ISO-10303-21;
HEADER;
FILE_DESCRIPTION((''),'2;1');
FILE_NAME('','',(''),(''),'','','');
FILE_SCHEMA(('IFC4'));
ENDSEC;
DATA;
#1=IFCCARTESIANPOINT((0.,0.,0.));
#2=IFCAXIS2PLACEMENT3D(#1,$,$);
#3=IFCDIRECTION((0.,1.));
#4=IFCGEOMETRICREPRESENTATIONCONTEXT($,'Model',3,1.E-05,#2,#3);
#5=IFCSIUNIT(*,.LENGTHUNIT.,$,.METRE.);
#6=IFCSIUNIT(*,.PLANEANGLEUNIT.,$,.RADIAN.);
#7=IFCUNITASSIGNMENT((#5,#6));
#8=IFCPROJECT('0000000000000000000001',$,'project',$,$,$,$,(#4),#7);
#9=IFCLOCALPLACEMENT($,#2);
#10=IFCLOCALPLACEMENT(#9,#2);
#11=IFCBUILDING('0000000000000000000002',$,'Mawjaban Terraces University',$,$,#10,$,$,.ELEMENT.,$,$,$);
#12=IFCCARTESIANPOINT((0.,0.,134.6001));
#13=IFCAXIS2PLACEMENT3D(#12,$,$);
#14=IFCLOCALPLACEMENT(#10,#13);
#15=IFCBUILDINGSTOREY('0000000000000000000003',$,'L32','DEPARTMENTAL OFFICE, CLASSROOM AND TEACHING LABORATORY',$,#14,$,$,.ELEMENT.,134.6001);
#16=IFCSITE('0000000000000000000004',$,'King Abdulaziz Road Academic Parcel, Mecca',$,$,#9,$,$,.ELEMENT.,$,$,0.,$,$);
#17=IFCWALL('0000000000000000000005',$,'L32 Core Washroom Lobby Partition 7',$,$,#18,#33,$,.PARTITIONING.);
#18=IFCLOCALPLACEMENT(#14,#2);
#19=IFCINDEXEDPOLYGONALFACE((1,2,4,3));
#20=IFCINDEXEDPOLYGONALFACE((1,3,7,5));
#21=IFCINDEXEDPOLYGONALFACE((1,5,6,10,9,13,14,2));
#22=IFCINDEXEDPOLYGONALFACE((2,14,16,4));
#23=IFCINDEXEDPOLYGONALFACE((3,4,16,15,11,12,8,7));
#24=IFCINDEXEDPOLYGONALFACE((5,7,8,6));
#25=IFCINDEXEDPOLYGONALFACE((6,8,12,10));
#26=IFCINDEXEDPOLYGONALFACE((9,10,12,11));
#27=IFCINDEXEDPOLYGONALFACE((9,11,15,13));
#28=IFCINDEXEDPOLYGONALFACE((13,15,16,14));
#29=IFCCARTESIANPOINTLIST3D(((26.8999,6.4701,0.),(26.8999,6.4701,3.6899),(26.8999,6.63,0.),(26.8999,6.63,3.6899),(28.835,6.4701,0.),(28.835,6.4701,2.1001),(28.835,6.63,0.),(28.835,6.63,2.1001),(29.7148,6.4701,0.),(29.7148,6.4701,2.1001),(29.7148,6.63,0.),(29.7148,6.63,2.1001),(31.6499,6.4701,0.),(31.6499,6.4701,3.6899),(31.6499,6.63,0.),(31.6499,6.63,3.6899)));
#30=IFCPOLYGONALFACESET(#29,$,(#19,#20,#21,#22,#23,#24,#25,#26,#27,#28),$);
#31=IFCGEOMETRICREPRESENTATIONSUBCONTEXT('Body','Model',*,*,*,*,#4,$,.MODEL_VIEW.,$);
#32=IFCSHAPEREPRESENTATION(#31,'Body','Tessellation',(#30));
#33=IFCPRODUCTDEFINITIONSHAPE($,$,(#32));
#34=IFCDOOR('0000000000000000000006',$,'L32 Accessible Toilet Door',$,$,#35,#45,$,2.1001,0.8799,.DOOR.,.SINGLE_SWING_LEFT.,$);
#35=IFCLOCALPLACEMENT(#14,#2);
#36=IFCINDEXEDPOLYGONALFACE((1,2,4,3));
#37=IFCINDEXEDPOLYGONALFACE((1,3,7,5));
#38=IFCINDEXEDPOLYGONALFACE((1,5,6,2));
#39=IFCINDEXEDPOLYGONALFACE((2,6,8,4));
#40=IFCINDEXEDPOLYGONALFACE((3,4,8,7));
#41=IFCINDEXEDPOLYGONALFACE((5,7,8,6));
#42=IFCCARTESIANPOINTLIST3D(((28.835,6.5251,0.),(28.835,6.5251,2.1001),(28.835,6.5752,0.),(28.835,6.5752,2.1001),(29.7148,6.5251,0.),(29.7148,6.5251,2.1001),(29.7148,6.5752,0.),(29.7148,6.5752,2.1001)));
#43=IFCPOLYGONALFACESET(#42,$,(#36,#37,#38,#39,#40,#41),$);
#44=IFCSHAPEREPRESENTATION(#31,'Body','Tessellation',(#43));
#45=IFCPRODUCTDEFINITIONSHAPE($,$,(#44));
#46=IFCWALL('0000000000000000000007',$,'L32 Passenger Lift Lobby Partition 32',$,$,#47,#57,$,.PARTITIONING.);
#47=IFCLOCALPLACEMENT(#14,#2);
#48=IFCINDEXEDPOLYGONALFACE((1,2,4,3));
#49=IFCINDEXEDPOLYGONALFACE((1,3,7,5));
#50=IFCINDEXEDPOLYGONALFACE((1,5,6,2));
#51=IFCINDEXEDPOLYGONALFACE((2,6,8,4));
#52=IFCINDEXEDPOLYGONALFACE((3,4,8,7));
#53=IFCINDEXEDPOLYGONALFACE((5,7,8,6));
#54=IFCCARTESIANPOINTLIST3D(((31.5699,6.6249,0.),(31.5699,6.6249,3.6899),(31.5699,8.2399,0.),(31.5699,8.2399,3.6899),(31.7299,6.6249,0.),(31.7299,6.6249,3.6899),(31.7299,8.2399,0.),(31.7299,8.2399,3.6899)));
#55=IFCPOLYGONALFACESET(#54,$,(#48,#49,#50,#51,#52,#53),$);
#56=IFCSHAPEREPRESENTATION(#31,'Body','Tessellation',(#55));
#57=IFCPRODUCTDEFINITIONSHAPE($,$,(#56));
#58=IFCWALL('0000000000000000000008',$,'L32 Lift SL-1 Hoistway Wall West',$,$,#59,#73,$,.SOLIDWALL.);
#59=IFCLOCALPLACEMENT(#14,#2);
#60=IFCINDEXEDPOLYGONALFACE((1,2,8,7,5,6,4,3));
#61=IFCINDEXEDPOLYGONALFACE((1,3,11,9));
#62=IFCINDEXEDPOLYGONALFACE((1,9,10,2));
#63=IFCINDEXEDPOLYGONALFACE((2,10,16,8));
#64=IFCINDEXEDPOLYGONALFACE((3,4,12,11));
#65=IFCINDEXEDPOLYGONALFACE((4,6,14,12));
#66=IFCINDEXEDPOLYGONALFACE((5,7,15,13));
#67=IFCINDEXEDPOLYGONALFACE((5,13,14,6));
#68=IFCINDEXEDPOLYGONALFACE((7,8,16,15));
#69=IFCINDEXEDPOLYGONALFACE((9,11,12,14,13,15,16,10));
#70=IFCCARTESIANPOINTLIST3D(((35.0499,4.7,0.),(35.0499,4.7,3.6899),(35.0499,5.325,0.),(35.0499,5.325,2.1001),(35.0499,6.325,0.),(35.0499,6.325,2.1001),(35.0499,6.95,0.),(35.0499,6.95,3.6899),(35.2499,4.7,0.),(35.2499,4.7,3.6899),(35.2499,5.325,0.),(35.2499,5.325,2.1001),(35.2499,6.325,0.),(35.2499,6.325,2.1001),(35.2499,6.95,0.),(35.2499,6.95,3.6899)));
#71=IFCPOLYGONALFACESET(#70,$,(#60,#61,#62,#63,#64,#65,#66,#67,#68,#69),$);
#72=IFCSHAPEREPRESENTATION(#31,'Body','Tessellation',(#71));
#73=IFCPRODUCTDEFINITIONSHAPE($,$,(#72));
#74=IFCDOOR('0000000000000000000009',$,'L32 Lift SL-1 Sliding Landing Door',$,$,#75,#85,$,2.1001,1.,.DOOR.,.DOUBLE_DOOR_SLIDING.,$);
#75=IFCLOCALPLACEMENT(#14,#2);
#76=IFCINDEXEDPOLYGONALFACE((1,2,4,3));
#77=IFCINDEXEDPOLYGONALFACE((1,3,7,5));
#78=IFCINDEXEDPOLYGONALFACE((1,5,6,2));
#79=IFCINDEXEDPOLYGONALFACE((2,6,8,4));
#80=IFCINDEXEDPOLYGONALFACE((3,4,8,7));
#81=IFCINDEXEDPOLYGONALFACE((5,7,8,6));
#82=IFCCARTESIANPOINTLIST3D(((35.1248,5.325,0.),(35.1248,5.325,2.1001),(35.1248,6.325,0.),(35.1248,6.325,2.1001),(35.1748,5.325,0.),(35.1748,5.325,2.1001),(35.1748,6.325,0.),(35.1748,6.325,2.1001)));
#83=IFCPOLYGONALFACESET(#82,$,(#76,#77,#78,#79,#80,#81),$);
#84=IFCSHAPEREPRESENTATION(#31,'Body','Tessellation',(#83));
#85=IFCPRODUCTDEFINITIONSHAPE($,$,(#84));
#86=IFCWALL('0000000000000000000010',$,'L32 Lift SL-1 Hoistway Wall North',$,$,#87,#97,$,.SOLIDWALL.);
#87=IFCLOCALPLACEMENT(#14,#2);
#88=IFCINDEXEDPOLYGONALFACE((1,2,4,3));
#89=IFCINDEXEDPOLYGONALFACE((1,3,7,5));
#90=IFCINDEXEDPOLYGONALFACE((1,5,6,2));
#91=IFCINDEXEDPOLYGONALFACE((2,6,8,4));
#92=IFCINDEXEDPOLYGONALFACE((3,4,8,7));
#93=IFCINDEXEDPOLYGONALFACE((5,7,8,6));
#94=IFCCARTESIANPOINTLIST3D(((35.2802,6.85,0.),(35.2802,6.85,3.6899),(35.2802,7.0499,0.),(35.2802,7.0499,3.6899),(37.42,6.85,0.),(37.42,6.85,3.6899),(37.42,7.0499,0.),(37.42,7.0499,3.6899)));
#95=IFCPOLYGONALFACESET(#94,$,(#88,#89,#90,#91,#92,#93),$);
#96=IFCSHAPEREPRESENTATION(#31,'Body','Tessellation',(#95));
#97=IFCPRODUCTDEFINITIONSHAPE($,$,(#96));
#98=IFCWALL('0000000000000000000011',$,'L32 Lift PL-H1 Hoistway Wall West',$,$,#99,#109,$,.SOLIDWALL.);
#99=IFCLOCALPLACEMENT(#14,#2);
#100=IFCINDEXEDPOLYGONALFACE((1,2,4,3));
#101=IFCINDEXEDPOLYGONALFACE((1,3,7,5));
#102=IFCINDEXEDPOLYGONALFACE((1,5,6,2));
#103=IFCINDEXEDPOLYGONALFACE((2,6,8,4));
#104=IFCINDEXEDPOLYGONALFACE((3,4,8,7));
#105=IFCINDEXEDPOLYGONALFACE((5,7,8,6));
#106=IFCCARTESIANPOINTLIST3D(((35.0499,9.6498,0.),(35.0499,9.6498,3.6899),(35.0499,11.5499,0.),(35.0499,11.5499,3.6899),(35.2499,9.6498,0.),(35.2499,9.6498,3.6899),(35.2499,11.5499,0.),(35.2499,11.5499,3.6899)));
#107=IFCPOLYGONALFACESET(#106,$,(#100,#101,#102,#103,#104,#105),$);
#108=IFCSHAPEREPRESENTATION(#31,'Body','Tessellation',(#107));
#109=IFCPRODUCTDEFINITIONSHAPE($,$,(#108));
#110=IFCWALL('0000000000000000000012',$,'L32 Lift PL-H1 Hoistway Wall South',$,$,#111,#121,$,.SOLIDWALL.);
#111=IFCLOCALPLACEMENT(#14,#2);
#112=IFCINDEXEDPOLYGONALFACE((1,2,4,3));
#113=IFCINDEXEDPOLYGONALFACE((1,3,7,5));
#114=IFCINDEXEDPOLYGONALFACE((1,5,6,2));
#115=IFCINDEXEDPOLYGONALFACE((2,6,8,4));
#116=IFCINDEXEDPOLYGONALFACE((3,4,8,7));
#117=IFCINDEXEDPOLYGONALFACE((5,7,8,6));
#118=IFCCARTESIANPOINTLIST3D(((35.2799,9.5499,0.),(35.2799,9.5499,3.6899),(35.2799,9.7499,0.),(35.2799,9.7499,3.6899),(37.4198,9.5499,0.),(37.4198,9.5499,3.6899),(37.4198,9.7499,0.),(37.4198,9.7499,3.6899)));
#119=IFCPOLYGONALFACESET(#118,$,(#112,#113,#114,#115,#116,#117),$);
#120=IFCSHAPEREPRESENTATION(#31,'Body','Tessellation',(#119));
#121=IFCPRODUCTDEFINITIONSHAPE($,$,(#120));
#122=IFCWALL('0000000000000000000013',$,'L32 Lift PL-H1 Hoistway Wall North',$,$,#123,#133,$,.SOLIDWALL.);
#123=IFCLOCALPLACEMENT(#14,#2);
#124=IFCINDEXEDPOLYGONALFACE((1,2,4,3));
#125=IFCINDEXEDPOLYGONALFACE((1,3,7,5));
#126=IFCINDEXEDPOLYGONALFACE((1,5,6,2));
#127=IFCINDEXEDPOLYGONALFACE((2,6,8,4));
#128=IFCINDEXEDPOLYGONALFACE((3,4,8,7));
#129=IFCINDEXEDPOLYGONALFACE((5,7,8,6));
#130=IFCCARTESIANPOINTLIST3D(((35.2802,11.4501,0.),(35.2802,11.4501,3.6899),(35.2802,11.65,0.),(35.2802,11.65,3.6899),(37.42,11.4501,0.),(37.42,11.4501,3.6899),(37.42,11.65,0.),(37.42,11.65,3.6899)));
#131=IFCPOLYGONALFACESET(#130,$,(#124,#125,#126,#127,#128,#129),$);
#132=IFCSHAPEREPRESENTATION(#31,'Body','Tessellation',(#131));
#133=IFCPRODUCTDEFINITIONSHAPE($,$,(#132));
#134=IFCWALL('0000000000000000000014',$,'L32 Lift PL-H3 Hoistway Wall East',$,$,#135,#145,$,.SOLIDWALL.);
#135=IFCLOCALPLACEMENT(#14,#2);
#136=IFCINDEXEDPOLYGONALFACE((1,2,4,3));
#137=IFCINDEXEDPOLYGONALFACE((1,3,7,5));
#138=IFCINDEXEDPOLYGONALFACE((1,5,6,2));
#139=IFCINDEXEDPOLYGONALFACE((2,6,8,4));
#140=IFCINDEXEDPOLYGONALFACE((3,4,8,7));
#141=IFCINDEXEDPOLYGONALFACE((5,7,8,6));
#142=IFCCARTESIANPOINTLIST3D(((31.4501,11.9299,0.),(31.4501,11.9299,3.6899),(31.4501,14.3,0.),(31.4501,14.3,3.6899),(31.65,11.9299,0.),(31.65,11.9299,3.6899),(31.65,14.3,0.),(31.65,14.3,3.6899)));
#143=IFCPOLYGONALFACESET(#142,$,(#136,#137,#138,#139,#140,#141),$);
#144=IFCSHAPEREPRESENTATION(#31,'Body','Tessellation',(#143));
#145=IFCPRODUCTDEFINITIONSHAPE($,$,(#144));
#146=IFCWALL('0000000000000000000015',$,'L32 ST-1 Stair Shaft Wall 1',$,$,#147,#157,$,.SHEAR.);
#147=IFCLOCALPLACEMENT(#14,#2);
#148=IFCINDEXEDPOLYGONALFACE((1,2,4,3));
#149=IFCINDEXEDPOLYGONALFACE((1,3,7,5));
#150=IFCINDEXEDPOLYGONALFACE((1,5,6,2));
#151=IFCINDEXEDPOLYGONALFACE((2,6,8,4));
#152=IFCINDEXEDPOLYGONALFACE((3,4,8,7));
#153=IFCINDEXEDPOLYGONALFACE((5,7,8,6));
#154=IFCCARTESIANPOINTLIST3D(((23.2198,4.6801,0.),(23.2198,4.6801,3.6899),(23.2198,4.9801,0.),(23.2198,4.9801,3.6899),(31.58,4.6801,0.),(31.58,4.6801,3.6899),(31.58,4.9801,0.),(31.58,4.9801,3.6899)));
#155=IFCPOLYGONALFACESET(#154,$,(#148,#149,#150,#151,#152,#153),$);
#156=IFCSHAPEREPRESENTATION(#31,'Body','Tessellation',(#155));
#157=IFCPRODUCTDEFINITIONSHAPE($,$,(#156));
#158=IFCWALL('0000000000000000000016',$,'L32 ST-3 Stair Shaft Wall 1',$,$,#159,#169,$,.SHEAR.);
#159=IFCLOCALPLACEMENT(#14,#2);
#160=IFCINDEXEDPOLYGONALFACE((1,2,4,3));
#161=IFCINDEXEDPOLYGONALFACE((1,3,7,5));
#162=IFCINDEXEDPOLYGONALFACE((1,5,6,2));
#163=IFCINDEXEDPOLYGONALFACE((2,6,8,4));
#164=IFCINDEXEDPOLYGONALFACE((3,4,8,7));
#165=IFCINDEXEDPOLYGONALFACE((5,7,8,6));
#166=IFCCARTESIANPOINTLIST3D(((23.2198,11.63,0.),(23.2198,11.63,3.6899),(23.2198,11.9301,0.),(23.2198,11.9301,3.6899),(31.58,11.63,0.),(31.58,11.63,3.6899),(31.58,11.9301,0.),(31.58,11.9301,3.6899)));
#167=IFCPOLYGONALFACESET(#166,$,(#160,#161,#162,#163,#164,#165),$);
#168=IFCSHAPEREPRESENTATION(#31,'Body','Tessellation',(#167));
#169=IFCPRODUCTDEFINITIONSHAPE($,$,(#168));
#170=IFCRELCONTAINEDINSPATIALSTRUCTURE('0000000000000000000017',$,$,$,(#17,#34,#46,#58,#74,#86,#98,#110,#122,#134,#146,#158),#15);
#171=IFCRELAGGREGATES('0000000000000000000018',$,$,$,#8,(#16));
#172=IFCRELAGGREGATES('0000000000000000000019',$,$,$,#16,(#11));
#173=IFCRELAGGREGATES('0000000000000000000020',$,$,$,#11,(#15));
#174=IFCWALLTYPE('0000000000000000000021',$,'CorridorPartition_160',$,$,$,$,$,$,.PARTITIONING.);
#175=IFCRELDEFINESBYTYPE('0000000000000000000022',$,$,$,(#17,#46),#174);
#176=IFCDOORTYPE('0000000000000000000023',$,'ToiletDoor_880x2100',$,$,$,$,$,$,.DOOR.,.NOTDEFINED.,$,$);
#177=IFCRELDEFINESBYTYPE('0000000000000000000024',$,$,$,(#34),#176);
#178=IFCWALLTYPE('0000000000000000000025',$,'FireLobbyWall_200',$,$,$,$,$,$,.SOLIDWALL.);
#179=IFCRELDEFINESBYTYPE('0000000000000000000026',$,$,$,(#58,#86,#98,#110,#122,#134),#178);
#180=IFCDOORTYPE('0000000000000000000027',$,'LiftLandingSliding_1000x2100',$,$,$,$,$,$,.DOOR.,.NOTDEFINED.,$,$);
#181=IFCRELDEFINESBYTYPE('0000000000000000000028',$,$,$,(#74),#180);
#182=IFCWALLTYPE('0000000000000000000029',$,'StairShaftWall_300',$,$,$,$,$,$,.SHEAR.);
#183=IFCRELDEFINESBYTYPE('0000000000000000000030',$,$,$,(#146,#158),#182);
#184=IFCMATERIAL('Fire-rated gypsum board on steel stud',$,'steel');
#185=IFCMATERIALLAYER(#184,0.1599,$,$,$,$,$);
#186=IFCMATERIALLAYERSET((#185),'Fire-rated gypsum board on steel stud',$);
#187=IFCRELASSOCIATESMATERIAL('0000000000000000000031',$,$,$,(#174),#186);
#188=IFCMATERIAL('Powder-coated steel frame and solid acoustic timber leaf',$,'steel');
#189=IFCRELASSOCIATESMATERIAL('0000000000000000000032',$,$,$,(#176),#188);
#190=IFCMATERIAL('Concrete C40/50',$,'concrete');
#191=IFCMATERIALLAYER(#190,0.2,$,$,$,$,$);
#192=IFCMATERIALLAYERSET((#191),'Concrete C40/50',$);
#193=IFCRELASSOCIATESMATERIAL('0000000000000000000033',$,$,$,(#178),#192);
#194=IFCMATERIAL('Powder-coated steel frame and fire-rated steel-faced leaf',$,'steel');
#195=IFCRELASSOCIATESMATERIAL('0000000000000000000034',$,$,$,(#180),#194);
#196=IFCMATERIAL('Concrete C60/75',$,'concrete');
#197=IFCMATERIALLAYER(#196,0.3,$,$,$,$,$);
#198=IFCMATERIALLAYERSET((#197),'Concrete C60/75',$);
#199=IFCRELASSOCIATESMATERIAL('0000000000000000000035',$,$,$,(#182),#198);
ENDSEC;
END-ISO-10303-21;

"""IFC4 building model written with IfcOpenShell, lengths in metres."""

from ifc_helpers import new_model, si_unit, direction, frame, frame_2d, origin, place, context, subcontext, project, spatial, rectangle, extrude, material, layer, layer_set, type_object, element, fill, save


model = new_model("IFC4")

# Units and contexts
model_context = context("Model", 3, precision=1e-05, world=origin(), true_north=direction((0.0, 1.0)))
body_context = subcontext(model_context, "Body", "Model", "MODEL_VIEW")
ifc_project = project(units=[si_unit("LENGTHUNIT", "METRE"), si_unit("PLANEANGLEUNIT", "RADIAN")], contexts=[model_context])

# Site, building, storey
site_placement = place(None, origin())
site = spatial("IfcSite", under=ifc_project, at=site_placement, Name="King Abdulaziz Road Academic Parcel, Mecca", CompositionType="ELEMENT", RefElevation=0.0)
building_placement = place(site_placement, origin())
building = spatial("IfcBuilding", under=site, at=building_placement, Name="Mawjaban Terraces University", CompositionType="ELEMENT")
storey_placement = place(building_placement, frame((0.0, 0.0, 134.6001)))
storey = spatial("IfcBuildingStorey", under=building, at=storey_placement, Name="L32", Description="DEPARTMENTAL OFFICE, CLASSROOM AND TEACHING LABORATORY", CompositionType="ELEMENT", Elevation=134.6001)

# Wall, opening, door
ifc_material_1 = material(Name="Fire-rated gypsum board on steel stud", Category="steel")
ifc_layer_1 = layer(ifc_material_1, 0.1599)
ifc_layer_set_1 = layer_set([ifc_layer_1], Name="Fire-rated gypsum board on steel stud")
wall_type_1 = type_object("IfcWallType", Name="CorridorPartition_160", PredefinedType="PARTITIONING", material=ifc_layer_set_1)
wall_1_placement = place(storey_placement, frame((31.6499, 6.55, 0.0), z_axis=(0.0, 0.0, 1.0), x_axis=(-1.0, 0.0, 0.0)))
wall_1 = element("IfcWall", 1, at=wall_1_placement, inside=storey, type_object=wall_type_1, Name="L32 Core Washroom Lobby Partition 7", PredefinedType="PARTITIONING", context=body_context, shape_type="SweptSolid", body=[
    extrude(rectangle(XDim=4.75, YDim=0.1599, at=frame_2d((2.375, 0.0))), origin(), (0.0, 0.0, 1.0), 3.6899),
])
opening_1_placement = place(wall_1_placement, frame((1.9351, 0.0, 0.0)))
opening_1 = element("IfcOpeningElement", 2, at=opening_1_placement, cuts=wall_1, PredefinedType="OPENING", context=body_context, shape_type="SweptSolid", body=[
    extrude(rectangle(XDim=0.8799, YDim=2.1001, at=frame_2d((0.4399, 1.05))), frame((0.0, 0.0898, 0.0), z_axis=(0.0, -1.0, 0.0), x_axis=(1.0, 0.0, 0.0)), (0.0, 0.0, 1.0), 0.1799),
])
ifc_material_2 = material(Name="Powder-coated steel frame and solid acoustic timber leaf", Category="steel")
door_type_1 = type_object("IfcDoorType", Name="ToiletDoor_880x2100", OperationType="NOTDEFINED", PredefinedType="DOOR", material=ifc_material_2)
door_1_placement = place(opening_1_placement, origin())
door_1 = element("IfcDoor", 3, at=door_1_placement, inside=storey, type_object=door_type_1, Name="L32 Accessible Toilet Door", OperationType="SINGLE_SWING_LEFT", OverallHeight=2.1001, OverallWidth=0.8799, PredefinedType="DOOR", context=body_context, shape_type="SweptSolid", body=[
    extrude(rectangle(XDim=0.8799, YDim=2.1001, at=frame_2d((0.4399, 1.05))), frame((0.0, 0.0249, 0.0), z_axis=(0.0, -1.0, 0.0), x_axis=(1.0, 0.0, 0.0)), (0.0, 0.0, 1.0), 0.05),
])
fill(opening_1, door_1)

# Wall
wall_2_placement = place(storey_placement, frame((31.6499, 8.24, 0.0), z_axis=(0.0, 0.0, 1.0), x_axis=(0.0, -1.0, 0.0)))
element("IfcWall", 4, at=wall_2_placement, inside=storey, type_object=wall_type_1, Name="L32 Passenger Lift Lobby Partition 32", PredefinedType="PARTITIONING", context=body_context, shape_type="SweptSolid", body=[
    extrude(rectangle(XDim=1.615, YDim=0.1599, at=frame_2d((0.8076, 0.0))), origin(), (0.0, 0.0, 1.0), 3.6899),
])

# Wall, opening, door
ifc_material_3 = material(Name="Concrete C40/50", Category="concrete")
ifc_layer_2 = layer(ifc_material_3, 0.2)
ifc_layer_set_2 = layer_set([ifc_layer_2], Name="Concrete C40/50")
wall_type_2 = type_object("IfcWallType", Name="FireLobbyWall_200", PredefinedType="SOLIDWALL", material=ifc_layer_set_2)
wall_3_placement = place(storey_placement, frame((35.1499, 6.95, 0.0), z_axis=(0.0, 0.0, 1.0), x_axis=(0.0, -1.0, 0.0)))
wall_3 = element("IfcWall", 5, at=wall_3_placement, inside=storey, type_object=wall_type_2, Name="L32 Lift SL-1 Hoistway Wall West", PredefinedType="SOLIDWALL", context=body_context, shape_type="SweptSolid", body=[
    extrude(rectangle(XDim=2.25, YDim=0.2, at=frame_2d((1.125, 0.0))), origin(), (0.0, 0.0, 1.0), 3.6899),
])
opening_2_placement = place(wall_3_placement, frame((0.625, 0.0, 0.0)))
opening_2 = element("IfcOpeningElement", 6, at=opening_2_placement, cuts=wall_3, PredefinedType="OPENING", context=body_context, shape_type="SweptSolid", body=[
    extrude(rectangle(XDim=1.0, YDim=2.1001, at=frame_2d((0.5, 1.05))), frame((0.0, 0.1099, 0.0), z_axis=(0.0, -1.0, 0.0), x_axis=(1.0, 0.0, 0.0)), (0.0, 0.0, 1.0), 0.22),
])
ifc_material_4 = material(Name="Powder-coated steel frame and fire-rated steel-faced leaf", Category="steel")
door_type_2 = type_object("IfcDoorType", Name="LiftLandingSliding_1000x2100", OperationType="NOTDEFINED", PredefinedType="DOOR", material=ifc_material_4)
door_2_placement = place(opening_2_placement, origin())
door_2 = element("IfcDoor", 7, at=door_2_placement, inside=storey, type_object=door_type_2, Name="L32 Lift SL-1 Sliding Landing Door", OperationType="DOUBLE_DOOR_SLIDING", OverallHeight=2.1001, OverallWidth=1.0, PredefinedType="DOOR", context=body_context, shape_type="SweptSolid", body=[
    extrude(rectangle(XDim=1.0, YDim=2.1001, at=frame_2d((0.5, 1.05))), frame((0.0, 0.0249, 0.0), z_axis=(0.0, -1.0, 0.0), x_axis=(1.0, 0.0, 0.0)), (0.0, 0.0, 1.0), 0.05),
])
fill(opening_2, door_2)

# Walls
wall_4_placement = place(storey_placement, frame((37.4199, 6.95, 0.0), z_axis=(0.0, 0.0, 1.0), x_axis=(-1.0, 0.0, 0.0)))
element("IfcWall", 8, at=wall_4_placement, inside=storey, type_object=wall_type_2, Name="L32 Lift SL-1 Hoistway Wall North", PredefinedType="SOLIDWALL", context=body_context, shape_type="SweptSolid", body=[
    extrude(rectangle(XDim=2.1399, YDim=0.2, at=frame_2d((1.0698, 0.0))), origin(), (0.0, 0.0, 1.0), 3.6899),
])
wall_5_placement = place(storey_placement, frame((35.1499, 11.55, 0.0), z_axis=(0.0, 0.0, 1.0), x_axis=(0.0, -1.0, 0.0)))
element("IfcWall", 9, at=wall_5_placement, inside=storey, type_object=wall_type_2, Name="L32 Lift PL-H1 Hoistway Wall West", PredefinedType="SOLIDWALL", context=body_context, shape_type="SweptSolid", body=[
    extrude(rectangle(XDim=1.9001, YDim=0.2, at=frame_2d((0.9502, 0.0))), origin(), (0.0, 0.0, 1.0), 3.6899),
])
for number, where, z_axis, x_axis, name in (
    (10, (35.28, 9.6499, 0.0), (0.0, 0.0, 1.0), (1.0, 0.0, 0.0), "L32 Lift PL-H1 Hoistway Wall South"),
    (11, (37.4199, 11.55, 0.0), (0.0, 0.0, 1.0), (-1.0, 0.0, 0.0), "L32 Lift PL-H1 Hoistway Wall North"),
):
    element("IfcWall", number, at=place(storey_placement, frame(where, z_axis=z_axis, x_axis=x_axis)), inside=storey, type_object=wall_type_2, Name=name, PredefinedType="SOLIDWALL", context=body_context, shape_type="SweptSolid", body=[
        extrude(rectangle(XDim=2.1399, YDim=0.2, at=frame_2d((1.0698, 0.0))), origin(), (0.0, 0.0, 1.0), 3.6899),
    ])
wall_6_placement = place(storey_placement, frame((31.55, 11.9299, 0.0), z_axis=(0.0, 0.0, 1.0), x_axis=(0.0, 1.0, 0.0)))
element("IfcWall", 12, at=wall_6_placement, inside=storey, type_object=wall_type_2, Name="L32 Lift PL-H3 Hoistway Wall East", PredefinedType="SOLIDWALL", context=body_context, shape_type="SweptSolid", body=[
    extrude(rectangle(XDim=2.3701, YDim=0.2, at=frame_2d((1.1851, 0.0))), origin(), (0.0, 0.0, 1.0), 3.6899),
])
ifc_material_5 = material(Name="Concrete C60/75", Category="concrete")
ifc_layer_3 = layer(ifc_material_5, 0.3)
ifc_layer_set_3 = layer_set([ifc_layer_3], Name="Concrete C60/75")
wall_type_3 = type_object("IfcWallType", Name="StairShaftWall_300", PredefinedType="SHEAR", material=ifc_layer_set_3)
for number, where, z_axis, x_axis, name in (
    (13, (31.5801, 4.8301, 0.0), (0.0, 0.0, 1.0), (-1.0, 0.0, 0.0), "L32 ST-1 Stair Shaft Wall 1"),
    (14, (31.5801, 11.78, 0.0), (0.0, 0.0, 1.0), (-1.0, 0.0, 0.0), "L32 ST-3 Stair Shaft Wall 1"),
):
    element("IfcWall", number, at=place(storey_placement, frame(where, z_axis=z_axis, x_axis=x_axis)), inside=storey, type_object=wall_type_3, Name=name, PredefinedType="SHEAR", context=body_context, shape_type="SweptSolid", body=[
        extrude(rectangle(XDim=8.3601, YDim=0.3, at=frame_2d((4.1802, 0.0))), origin(), (0.0, 0.0, 1.0), 3.6899),
    ])

save(model, "model.ifc")
